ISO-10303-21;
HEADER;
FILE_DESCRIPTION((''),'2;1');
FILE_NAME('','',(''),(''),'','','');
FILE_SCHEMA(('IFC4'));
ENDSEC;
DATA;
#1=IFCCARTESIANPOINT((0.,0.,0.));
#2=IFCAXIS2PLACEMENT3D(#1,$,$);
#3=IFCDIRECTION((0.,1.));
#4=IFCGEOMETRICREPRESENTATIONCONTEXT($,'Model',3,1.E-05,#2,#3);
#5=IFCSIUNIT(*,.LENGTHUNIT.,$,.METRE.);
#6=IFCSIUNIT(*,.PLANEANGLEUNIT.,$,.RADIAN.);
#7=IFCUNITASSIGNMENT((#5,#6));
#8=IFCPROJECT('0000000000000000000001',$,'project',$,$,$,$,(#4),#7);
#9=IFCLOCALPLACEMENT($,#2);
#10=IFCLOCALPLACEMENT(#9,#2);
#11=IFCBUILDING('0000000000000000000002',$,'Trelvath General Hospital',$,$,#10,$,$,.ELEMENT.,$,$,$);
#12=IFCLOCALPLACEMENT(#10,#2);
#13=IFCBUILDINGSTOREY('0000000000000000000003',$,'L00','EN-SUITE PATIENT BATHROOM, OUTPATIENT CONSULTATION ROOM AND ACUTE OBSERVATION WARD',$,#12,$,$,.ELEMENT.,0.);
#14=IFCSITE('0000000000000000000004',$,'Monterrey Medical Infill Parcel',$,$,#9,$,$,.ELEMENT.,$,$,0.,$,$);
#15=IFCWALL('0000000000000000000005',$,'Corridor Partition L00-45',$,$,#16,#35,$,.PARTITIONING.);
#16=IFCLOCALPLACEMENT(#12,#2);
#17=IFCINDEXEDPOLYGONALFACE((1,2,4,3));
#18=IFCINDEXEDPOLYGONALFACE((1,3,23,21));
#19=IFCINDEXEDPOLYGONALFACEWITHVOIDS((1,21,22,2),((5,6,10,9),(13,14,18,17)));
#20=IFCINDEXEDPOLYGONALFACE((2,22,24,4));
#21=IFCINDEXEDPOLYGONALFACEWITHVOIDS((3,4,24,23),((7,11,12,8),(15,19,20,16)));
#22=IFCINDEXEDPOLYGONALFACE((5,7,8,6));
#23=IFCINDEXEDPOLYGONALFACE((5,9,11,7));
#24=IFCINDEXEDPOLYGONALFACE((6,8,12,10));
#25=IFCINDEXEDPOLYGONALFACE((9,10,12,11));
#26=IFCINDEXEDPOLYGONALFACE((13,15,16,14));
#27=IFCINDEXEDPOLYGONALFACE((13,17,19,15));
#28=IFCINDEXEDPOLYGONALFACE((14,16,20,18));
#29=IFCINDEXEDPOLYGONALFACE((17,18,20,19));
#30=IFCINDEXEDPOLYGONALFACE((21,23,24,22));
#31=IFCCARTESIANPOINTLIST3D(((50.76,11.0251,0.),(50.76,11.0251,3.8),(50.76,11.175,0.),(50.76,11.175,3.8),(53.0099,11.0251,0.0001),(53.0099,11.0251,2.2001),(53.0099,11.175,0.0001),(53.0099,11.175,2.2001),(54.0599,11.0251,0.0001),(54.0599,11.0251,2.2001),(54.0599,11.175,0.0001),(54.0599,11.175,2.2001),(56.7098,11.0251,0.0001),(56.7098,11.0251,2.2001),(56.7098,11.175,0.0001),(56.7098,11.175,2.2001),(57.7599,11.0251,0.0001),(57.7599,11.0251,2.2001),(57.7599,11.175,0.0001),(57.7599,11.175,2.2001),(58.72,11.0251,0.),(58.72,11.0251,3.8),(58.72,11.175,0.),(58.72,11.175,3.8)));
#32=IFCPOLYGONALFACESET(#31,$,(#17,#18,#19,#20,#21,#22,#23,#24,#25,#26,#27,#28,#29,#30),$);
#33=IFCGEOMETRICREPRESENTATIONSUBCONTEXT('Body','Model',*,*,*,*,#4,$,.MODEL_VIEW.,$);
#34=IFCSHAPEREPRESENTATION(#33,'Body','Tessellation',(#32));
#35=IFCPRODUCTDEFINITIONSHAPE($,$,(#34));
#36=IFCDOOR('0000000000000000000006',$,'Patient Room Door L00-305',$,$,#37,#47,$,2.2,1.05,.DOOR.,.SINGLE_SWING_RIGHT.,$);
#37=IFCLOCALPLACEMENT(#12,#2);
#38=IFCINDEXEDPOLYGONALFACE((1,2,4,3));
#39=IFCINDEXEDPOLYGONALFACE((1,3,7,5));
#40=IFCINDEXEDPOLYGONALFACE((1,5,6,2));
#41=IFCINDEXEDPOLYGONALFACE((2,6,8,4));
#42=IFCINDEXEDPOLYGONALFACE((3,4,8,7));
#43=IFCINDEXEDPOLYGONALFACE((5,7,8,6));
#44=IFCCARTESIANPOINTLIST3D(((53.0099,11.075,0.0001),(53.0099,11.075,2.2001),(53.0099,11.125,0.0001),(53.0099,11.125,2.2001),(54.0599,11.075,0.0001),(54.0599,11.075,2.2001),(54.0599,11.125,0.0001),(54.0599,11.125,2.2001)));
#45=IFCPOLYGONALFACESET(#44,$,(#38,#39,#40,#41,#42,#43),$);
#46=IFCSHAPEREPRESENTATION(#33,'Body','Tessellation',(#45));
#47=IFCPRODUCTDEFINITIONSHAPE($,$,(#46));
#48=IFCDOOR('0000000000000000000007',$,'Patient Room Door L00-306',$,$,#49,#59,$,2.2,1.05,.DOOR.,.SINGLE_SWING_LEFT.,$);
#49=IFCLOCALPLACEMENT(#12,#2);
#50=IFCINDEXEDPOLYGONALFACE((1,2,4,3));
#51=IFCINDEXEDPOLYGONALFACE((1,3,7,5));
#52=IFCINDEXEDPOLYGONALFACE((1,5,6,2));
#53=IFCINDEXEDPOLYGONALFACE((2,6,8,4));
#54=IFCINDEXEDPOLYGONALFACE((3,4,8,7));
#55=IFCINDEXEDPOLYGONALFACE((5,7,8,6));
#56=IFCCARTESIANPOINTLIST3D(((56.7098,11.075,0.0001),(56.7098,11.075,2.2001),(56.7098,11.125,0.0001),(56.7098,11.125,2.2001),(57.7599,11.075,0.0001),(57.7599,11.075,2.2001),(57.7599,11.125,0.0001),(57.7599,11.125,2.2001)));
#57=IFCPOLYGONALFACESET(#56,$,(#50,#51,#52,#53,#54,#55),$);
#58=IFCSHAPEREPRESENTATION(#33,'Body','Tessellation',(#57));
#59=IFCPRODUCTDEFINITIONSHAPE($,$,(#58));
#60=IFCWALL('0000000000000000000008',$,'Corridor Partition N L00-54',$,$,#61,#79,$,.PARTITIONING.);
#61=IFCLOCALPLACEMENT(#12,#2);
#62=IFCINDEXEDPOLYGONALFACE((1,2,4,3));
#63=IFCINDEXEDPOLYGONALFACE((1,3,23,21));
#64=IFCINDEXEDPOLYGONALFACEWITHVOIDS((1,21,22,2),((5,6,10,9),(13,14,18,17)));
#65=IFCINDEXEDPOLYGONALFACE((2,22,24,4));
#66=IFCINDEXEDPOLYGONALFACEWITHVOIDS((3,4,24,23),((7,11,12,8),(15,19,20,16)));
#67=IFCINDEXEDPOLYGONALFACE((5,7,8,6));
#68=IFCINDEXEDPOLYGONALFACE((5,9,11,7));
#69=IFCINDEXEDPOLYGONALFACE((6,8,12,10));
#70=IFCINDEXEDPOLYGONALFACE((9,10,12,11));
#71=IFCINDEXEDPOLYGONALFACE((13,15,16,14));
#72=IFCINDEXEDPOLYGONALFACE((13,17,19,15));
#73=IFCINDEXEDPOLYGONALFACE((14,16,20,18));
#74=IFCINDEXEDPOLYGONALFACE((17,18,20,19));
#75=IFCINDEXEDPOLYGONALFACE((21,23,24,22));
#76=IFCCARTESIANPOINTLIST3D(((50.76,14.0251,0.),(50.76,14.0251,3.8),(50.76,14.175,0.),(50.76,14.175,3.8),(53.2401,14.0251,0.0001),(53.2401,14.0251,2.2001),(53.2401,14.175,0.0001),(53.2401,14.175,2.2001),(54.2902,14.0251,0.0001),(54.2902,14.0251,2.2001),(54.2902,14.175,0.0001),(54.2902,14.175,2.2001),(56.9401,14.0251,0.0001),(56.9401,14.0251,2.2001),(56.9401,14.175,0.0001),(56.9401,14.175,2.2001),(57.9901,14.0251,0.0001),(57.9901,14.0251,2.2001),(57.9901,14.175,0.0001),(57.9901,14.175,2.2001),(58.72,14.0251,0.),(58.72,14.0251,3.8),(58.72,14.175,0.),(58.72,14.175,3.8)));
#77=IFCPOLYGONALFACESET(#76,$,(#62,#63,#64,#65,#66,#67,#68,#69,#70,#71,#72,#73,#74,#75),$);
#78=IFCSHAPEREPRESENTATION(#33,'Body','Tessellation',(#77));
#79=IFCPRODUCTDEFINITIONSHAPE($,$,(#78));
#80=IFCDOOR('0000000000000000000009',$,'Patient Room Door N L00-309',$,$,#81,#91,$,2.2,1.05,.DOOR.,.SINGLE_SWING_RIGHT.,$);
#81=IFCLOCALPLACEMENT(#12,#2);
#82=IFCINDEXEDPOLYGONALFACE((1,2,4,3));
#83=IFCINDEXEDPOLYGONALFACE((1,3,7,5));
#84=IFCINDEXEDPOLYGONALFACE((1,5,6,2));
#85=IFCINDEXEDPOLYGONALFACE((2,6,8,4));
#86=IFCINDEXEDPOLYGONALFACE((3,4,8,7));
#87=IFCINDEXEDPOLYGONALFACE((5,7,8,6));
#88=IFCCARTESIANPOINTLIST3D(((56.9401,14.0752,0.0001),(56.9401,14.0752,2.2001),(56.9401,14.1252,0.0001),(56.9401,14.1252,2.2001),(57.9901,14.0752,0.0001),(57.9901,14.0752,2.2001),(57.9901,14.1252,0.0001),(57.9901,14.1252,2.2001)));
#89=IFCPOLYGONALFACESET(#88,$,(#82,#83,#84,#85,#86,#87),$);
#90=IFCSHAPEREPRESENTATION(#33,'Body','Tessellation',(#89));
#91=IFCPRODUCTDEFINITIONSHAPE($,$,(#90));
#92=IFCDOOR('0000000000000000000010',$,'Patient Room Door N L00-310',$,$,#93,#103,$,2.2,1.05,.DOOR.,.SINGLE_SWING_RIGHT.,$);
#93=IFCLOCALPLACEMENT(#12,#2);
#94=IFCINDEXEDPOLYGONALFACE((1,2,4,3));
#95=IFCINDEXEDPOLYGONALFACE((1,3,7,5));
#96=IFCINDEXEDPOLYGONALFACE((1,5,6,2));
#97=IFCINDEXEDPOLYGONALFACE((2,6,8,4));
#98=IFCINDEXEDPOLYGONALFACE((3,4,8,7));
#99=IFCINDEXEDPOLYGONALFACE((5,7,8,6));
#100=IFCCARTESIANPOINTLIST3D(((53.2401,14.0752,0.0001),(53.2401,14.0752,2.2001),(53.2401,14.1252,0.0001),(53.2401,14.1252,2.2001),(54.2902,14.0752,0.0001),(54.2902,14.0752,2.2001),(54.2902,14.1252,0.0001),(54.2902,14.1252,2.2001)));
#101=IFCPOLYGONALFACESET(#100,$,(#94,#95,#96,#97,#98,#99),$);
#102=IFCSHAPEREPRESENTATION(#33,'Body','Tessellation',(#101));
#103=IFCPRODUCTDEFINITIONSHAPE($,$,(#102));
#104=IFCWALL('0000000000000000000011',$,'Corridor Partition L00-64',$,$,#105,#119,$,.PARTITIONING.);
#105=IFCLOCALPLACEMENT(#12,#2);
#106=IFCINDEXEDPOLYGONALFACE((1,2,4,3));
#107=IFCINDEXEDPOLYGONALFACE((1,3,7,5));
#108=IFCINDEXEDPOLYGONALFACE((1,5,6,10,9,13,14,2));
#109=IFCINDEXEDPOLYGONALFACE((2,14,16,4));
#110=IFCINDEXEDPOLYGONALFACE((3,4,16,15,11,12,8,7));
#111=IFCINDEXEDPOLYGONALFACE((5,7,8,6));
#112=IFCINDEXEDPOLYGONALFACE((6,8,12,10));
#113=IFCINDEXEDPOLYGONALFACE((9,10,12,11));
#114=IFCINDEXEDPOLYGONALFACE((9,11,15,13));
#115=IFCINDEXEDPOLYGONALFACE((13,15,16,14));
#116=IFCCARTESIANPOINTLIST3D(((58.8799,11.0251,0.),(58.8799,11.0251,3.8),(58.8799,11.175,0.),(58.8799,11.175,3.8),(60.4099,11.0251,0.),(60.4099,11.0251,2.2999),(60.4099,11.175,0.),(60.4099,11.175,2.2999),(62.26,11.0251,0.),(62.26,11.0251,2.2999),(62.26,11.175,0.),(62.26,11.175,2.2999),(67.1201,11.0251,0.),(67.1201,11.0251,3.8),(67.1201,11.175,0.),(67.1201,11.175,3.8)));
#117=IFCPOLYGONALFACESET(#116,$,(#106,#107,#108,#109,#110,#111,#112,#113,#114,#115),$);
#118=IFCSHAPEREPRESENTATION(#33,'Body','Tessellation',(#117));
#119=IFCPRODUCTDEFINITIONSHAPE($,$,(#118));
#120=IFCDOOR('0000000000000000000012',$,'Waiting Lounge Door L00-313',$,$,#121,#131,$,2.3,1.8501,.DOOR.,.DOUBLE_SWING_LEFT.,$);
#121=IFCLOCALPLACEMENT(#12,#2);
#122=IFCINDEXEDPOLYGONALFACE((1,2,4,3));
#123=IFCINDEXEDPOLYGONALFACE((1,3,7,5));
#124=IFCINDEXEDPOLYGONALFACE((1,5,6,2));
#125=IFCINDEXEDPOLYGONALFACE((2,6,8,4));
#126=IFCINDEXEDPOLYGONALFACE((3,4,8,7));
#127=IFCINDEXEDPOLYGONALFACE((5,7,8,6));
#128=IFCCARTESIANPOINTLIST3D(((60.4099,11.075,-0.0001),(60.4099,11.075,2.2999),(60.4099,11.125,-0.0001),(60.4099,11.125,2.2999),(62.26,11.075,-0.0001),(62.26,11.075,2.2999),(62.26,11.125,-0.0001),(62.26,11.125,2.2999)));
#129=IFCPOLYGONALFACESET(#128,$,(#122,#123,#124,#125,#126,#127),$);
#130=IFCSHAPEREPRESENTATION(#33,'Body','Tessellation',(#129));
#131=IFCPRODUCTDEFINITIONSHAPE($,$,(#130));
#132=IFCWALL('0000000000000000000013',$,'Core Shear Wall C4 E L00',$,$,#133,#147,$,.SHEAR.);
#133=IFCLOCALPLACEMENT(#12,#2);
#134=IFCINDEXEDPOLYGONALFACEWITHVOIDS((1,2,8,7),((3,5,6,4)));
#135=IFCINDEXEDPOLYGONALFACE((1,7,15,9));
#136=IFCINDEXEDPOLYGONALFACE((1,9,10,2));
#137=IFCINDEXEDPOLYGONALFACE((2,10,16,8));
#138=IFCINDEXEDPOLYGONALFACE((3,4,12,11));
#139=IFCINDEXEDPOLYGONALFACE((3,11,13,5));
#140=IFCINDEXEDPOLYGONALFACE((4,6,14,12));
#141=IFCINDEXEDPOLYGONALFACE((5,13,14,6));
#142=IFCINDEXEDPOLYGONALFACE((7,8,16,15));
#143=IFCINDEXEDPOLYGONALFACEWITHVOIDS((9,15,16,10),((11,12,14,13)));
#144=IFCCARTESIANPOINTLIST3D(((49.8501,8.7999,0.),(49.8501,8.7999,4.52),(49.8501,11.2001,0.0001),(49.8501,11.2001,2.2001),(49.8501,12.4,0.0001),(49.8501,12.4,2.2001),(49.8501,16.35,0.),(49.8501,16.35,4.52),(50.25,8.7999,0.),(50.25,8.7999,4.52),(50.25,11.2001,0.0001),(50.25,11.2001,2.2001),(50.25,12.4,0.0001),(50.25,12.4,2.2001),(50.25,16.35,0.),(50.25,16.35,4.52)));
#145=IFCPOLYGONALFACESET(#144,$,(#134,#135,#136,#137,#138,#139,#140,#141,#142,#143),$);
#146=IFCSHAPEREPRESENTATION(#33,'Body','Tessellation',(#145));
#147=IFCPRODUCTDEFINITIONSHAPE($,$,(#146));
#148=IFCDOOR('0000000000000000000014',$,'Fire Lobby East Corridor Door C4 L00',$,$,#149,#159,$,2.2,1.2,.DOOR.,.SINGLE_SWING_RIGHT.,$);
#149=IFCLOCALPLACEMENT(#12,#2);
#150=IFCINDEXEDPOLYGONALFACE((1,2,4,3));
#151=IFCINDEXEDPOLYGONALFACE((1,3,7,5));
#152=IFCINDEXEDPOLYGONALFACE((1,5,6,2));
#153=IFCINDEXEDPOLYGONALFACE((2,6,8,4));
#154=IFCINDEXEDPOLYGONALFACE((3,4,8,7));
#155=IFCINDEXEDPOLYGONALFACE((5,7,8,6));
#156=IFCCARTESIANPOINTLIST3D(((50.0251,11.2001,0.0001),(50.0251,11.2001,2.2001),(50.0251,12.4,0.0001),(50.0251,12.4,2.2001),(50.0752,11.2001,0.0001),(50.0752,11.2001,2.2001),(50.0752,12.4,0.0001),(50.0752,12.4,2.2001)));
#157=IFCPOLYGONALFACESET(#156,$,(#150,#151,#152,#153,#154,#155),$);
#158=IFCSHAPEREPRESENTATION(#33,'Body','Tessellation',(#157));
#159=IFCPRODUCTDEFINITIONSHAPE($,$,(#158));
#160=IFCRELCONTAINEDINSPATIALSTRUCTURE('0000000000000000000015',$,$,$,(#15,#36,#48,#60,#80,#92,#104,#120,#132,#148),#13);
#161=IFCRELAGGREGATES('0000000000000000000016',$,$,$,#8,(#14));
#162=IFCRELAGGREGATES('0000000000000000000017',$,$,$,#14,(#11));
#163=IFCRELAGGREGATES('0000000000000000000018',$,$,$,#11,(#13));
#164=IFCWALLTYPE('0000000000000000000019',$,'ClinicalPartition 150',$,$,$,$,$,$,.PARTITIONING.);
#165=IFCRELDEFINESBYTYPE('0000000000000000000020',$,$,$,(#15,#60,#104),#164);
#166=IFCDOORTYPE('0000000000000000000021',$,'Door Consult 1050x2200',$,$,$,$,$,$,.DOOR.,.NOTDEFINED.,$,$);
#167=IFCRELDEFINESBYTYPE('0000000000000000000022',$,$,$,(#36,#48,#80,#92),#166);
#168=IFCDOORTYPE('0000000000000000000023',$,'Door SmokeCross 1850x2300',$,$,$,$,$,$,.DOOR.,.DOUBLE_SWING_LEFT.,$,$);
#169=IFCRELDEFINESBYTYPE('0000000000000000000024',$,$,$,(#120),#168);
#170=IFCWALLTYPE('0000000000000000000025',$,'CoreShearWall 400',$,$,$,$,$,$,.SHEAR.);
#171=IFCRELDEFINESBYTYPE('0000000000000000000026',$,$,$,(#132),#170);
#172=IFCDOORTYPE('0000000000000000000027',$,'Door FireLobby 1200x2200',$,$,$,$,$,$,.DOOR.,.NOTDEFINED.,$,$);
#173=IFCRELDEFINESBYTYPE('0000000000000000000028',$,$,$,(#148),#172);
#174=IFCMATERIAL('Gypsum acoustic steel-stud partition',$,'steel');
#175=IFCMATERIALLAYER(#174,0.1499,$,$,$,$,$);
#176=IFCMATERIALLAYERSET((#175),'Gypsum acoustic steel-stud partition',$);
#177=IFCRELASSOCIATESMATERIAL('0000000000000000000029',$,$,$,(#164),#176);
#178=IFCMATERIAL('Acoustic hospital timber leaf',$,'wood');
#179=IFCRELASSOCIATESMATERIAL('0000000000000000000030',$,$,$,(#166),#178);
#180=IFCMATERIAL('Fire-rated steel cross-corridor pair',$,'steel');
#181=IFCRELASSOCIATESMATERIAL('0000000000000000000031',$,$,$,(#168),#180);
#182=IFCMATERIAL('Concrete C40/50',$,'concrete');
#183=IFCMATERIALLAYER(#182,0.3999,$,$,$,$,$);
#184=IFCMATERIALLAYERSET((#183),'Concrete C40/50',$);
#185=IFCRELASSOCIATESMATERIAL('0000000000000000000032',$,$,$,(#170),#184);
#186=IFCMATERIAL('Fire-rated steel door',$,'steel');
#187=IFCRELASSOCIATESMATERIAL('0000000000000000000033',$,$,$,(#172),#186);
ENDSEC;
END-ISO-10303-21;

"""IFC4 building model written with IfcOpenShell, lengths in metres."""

from ifc_helpers import new_model, si_unit, direction, frame, frame_2d, origin, place, context, subcontext, project, spatial, rectangle, extrude, material, layer, layer_set, type_object, element, fill, save


model = new_model("IFC4")

# Units and contexts
model_context = context("Model", 3, precision=1e-05, world=origin(), true_north=direction((0.0, 1.0)))
body_context = subcontext(model_context, "Body", "Model", "MODEL_VIEW")
ifc_project = project(units=[si_unit("LENGTHUNIT", "METRE"), si_unit("PLANEANGLEUNIT", "RADIAN")], contexts=[model_context])

# Site, building, storey
site_placement = place(None, origin())
site = spatial("IfcSite", under=ifc_project, at=site_placement, Name="Monterrey Medical Infill Parcel", CompositionType="ELEMENT", RefElevation=0.0)
building_placement = place(site_placement, origin())
building = spatial("IfcBuilding", under=site, at=building_placement, Name="Trelvath General Hospital", CompositionType="ELEMENT")
storey_placement = place(building_placement, origin())
storey = spatial("IfcBuildingStorey", under=building, at=storey_placement, Name="L00", Description="EN-SUITE PATIENT BATHROOM, OUTPATIENT CONSULTATION ROOM AND ACUTE OBSERVATION WARD", CompositionType="ELEMENT", Elevation=0.0)

# Walls, openings, doors
ifc_material_1 = material(Name="Gypsum acoustic steel-stud partition", Category="steel")
ifc_layer_1 = layer(ifc_material_1, 0.1499)
ifc_layer_set_1 = layer_set([ifc_layer_1], Name="Gypsum acoustic steel-stud partition")
wall_type_1 = type_object("IfcWallType", Name="ClinicalPartition 150", PredefinedType="PARTITIONING", material=ifc_layer_set_1)
wall_1_placement = place(storey_placement, frame((50.76, 11.1001, 0.0), z_axis=(0.0, 0.0, 1.0), x_axis=(1.0, 0.0, 0.0)))
wall_1 = element("IfcWall", 1, at=wall_1_placement, inside=storey, type_object=wall_type_1, Name="Corridor Partition L00-45", PredefinedType="PARTITIONING", context=body_context, shape_type="SweptSolid", body=[
    extrude(rectangle(XDim=7.96, YDim=0.1499, at=frame_2d((3.98, 0.0))), origin(), (0.0, 0.0, 1.0), 3.8),
])
opening_1_placement = place(wall_1_placement, frame((2.25, 0.0, 0.0)))
opening_1 = element("IfcOpeningElement", 2, at=opening_1_placement, cuts=wall_1, PredefinedType="OPENING", context=body_context, shape_type="SweptSolid", body=[
    extrude(rectangle(XDim=1.05, YDim=2.2, at=frame_2d((0.5249, 1.1001))), frame((0.0, 0.085, 0.0), z_axis=(0.0, -1.0, 0.0), x_axis=(1.0, 0.0, 0.0)), (0.0, 0.0, 1.0), 0.1699),
])
opening_2_placement = place(wall_1_placement, frame((5.95, 0.0, 0.0)))
opening_2 = element("IfcOpeningElement", 3, at=opening_2_placement, cuts=wall_1, PredefinedType="OPENING", context=body_context, shape_type="SweptSolid", body=[
    extrude(rectangle(XDim=1.05, YDim=2.2, at=frame_2d((0.5249, 1.1001))), frame((0.0, 0.085, 0.0), z_axis=(0.0, -1.0, 0.0), x_axis=(1.0, 0.0, 0.0)), (0.0, 0.0, 1.0), 0.1699),
])
ifc_material_2 = material(Name="Acoustic hospital timber leaf", Category="wood")
door_type_1 = type_object("IfcDoorType", Name="Door Consult 1050x2200", OperationType="NOTDEFINED", PredefinedType="DOOR", material=ifc_material_2)
door_1_placement = place(opening_1_placement, origin())
door_1 = element("IfcDoor", 4, at=door_1_placement, inside=storey, type_object=door_type_1, Name="Patient Room Door L00-305", OperationType="SINGLE_SWING_RIGHT", OverallHeight=2.2, OverallWidth=1.05, PredefinedType="DOOR", context=body_context, shape_type="SweptSolid", body=[
    extrude(rectangle(XDim=1.05, YDim=2.2, at=frame_2d((0.5249, 1.1001))), frame((0.0, 0.0249, 0.0), z_axis=(0.0, -1.0, 0.0), x_axis=(1.0, 0.0, 0.0)), (0.0, 0.0, 1.0), 0.05),
])
fill(opening_1, door_1)
door_2_placement = place(opening_2_placement, origin())
door_2 = element("IfcDoor", 5, at=door_2_placement, inside=storey, type_object=door_type_1, Name="Patient Room Door L00-306", OperationType="SINGLE_SWING_LEFT", OverallHeight=2.2, OverallWidth=1.05, PredefinedType="DOOR", context=body_context, shape_type="SweptSolid", body=[
    extrude(rectangle(XDim=1.05, YDim=2.2, at=frame_2d((0.5249, 1.1001))), frame((0.0, 0.0249, 0.0), z_axis=(0.0, -1.0, 0.0), x_axis=(1.0, 0.0, 0.0)), (0.0, 0.0, 1.0), 0.05),
])
fill(opening_2, door_2)
wall_2_placement = place(storey_placement, frame((58.72, 14.1001, 0.0), z_axis=(0.0, 0.0, 1.0), x_axis=(-1.0, 0.0, 0.0)))
wall_2 = element("IfcWall", 6, at=wall_2_placement, inside=storey, type_object=wall_type_1, Name="Corridor Partition N L00-54", PredefinedType="PARTITIONING", context=body_context, shape_type="SweptSolid", body=[
    extrude(rectangle(XDim=7.96, YDim=0.1499, at=frame_2d((3.98, 0.0))), origin(), (0.0, 0.0, 1.0), 3.8),
])
opening_3_placement = place(wall_2_placement, frame((0.73, 0.0, 0.0)))
opening_3 = element("IfcOpeningElement", 7, at=opening_3_placement, cuts=wall_2, PredefinedType="OPENING", context=body_context, shape_type="SweptSolid", body=[
    extrude(rectangle(XDim=1.05, YDim=2.2, at=frame_2d((0.5249, 1.1001))), frame((0.0, 0.085, 0.0), z_axis=(0.0, -1.0, 0.0), x_axis=(1.0, 0.0, 0.0)), (0.0, 0.0, 1.0), 0.1699),
])
opening_4_placement = place(wall_2_placement, frame((4.4299, 0.0, 0.0)))
opening_4 = element("IfcOpeningElement", 8, at=opening_4_placement, cuts=wall_2, PredefinedType="OPENING", context=body_context, shape_type="SweptSolid", body=[
    extrude(rectangle(XDim=1.05, YDim=2.2, at=frame_2d((0.5249, 1.1001))), frame((0.0, 0.085, 0.0), z_axis=(0.0, -1.0, 0.0), x_axis=(1.0, 0.0, 0.0)), (0.0, 0.0, 1.0), 0.1699),
])
door_3_placement = place(opening_3_placement, origin())
door_3 = element("IfcDoor", 9, at=door_3_placement, inside=storey, type_object=door_type_1, Name="Patient Room Door N L00-309", OperationType="SINGLE_SWING_RIGHT", OverallHeight=2.2, OverallWidth=1.05, PredefinedType="DOOR", context=body_context, shape_type="SweptSolid", body=[
    extrude(rectangle(XDim=1.05, YDim=2.2, at=frame_2d((0.5249, 1.1001))), frame((0.0, 0.0249, 0.0), z_axis=(0.0, -1.0, 0.0), x_axis=(1.0, 0.0, 0.0)), (0.0, 0.0, 1.0), 0.05),
])
fill(opening_3, door_3)
door_4_placement = place(opening_4_placement, origin())
door_4 = element("IfcDoor", 10, at=door_4_placement, inside=storey, type_object=door_type_1, Name="Patient Room Door N L00-310", OperationType="SINGLE_SWING_RIGHT", OverallHeight=2.2, OverallWidth=1.05, PredefinedType="DOOR", context=body_context, shape_type="SweptSolid", body=[
    extrude(rectangle(XDim=1.05, YDim=2.2, at=frame_2d((0.5249, 1.1001))), frame((0.0, 0.0249, 0.0), z_axis=(0.0, -1.0, 0.0), x_axis=(1.0, 0.0, 0.0)), (0.0, 0.0, 1.0), 0.05),
])
fill(opening_4, door_4)

# Walls, openings, doors
wall_3_placement = place(storey_placement, frame((58.8799, 11.1001, 0.0), z_axis=(0.0, 0.0, 1.0), x_axis=(1.0, 0.0, 0.0)))
wall_3 = element("IfcWall", 11, at=wall_3_placement, inside=storey, type_object=wall_type_1, Name="Corridor Partition L00-64", PredefinedType="PARTITIONING", context=body_context, shape_type="SweptSolid", body=[
    extrude(rectangle(XDim=8.2402, YDim=0.1499, at=frame_2d((4.1201, 0.0))), origin(), (0.0, 0.0, 1.0), 3.8),
])
opening_5_placement = place(wall_3_placement, frame((1.53, 0.0, 0.0)))
opening_5 = element("IfcOpeningElement", 12, at=opening_5_placement, cuts=wall_3, PredefinedType="OPENING", context=body_context, shape_type="SweptSolid", body=[
    extrude(rectangle(XDim=1.8501, YDim=2.3, at=frame_2d((0.925, 1.1499))), frame((0.0, 0.085, 0.0), z_axis=(0.0, -1.0, 0.0), x_axis=(1.0, 0.0, 0.0)), (0.0, 0.0, 1.0), 0.1699),
])
ifc_material_3 = material(Name="Fire-rated steel cross-corridor pair", Category="steel")
door_type_2 = type_object("IfcDoorType", Name="Door SmokeCross 1850x2300", OperationType="DOUBLE_SWING_LEFT", PredefinedType="DOOR", material=ifc_material_3)
door_5_placement = place(opening_5_placement, origin())
door_5 = element("IfcDoor", 13, at=door_5_placement, inside=storey, type_object=door_type_2, Name="Waiting Lounge Door L00-313", OperationType="DOUBLE_SWING_LEFT", OverallHeight=2.3, OverallWidth=1.8501, PredefinedType="DOOR", context=body_context, shape_type="SweptSolid", body=[
    extrude(rectangle(XDim=1.8501, YDim=2.3, at=frame_2d((0.925, 1.1499))), frame((0.0, 0.0249, 0.0), z_axis=(0.0, -1.0, 0.0), x_axis=(1.0, 0.0, 0.0)), (0.0, 0.0, 1.0), 0.05),
])
fill(opening_5, door_5)
ifc_material_4 = material(Name="Concrete C40/50", Category="concrete")
ifc_layer_2 = layer(ifc_material_4, 0.3999)
ifc_layer_set_2 = layer_set([ifc_layer_2], Name="Concrete C40/50")
wall_type_2 = type_object("IfcWallType", Name="CoreShearWall 400", PredefinedType="SHEAR", material=ifc_layer_set_2)
wall_4_placement = place(storey_placement, frame((50.05, 8.8, 0.0), z_axis=(0.0, 0.0, 1.0), x_axis=(0.0, 1.0, 0.0)))
wall_4 = element("IfcWall", 14, at=wall_4_placement, inside=storey, type_object=wall_type_2, Name="Core Shear Wall C4 E L00", PredefinedType="SHEAR", context=body_context, shape_type="SweptSolid", body=[
    extrude(rectangle(XDim=7.55, YDim=0.3999, at=frame_2d((3.7749, 0.0))), origin(), (0.0, 0.0, 1.0), 4.52),
])
opening_6_placement = place(wall_4_placement, frame((2.3999, 0.0, 0.0)))
opening_6 = element("IfcOpeningElement", 15, at=opening_6_placement, cuts=wall_4, PredefinedType="OPENING", context=body_context, shape_type="SweptSolid", body=[
    extrude(rectangle(XDim=1.2, YDim=2.2, at=frame_2d((0.6001, 1.1001))), frame((0.0, 0.21, 0.0), z_axis=(0.0, -1.0, 0.0), x_axis=(1.0, 0.0, 0.0)), (0.0, 0.0, 1.0), 0.4199),
])
ifc_material_5 = material(Name="Fire-rated steel door", Category="steel")
door_type_3 = type_object("IfcDoorType", Name="Door FireLobby 1200x2200", OperationType="NOTDEFINED", PredefinedType="DOOR", material=ifc_material_5)
door_6_placement = place(opening_6_placement, origin())
door_6 = element("IfcDoor", 16, at=door_6_placement, inside=storey, type_object=door_type_3, Name="Fire Lobby East Corridor Door C4 L00", OperationType="SINGLE_SWING_RIGHT", OverallHeight=2.2, OverallWidth=1.2, PredefinedType="DOOR", context=body_context, shape_type="SweptSolid", body=[
    extrude(rectangle(XDim=1.2, YDim=2.2, at=frame_2d((0.6001, 1.1001))), frame((0.0, 0.0249, 0.0), z_axis=(0.0, -1.0, 0.0), x_axis=(1.0, 0.0, 0.0)), (0.0, 0.0, 1.0), 0.05),
])
fill(opening_6, door_6)

save(model, "model.ifc")
